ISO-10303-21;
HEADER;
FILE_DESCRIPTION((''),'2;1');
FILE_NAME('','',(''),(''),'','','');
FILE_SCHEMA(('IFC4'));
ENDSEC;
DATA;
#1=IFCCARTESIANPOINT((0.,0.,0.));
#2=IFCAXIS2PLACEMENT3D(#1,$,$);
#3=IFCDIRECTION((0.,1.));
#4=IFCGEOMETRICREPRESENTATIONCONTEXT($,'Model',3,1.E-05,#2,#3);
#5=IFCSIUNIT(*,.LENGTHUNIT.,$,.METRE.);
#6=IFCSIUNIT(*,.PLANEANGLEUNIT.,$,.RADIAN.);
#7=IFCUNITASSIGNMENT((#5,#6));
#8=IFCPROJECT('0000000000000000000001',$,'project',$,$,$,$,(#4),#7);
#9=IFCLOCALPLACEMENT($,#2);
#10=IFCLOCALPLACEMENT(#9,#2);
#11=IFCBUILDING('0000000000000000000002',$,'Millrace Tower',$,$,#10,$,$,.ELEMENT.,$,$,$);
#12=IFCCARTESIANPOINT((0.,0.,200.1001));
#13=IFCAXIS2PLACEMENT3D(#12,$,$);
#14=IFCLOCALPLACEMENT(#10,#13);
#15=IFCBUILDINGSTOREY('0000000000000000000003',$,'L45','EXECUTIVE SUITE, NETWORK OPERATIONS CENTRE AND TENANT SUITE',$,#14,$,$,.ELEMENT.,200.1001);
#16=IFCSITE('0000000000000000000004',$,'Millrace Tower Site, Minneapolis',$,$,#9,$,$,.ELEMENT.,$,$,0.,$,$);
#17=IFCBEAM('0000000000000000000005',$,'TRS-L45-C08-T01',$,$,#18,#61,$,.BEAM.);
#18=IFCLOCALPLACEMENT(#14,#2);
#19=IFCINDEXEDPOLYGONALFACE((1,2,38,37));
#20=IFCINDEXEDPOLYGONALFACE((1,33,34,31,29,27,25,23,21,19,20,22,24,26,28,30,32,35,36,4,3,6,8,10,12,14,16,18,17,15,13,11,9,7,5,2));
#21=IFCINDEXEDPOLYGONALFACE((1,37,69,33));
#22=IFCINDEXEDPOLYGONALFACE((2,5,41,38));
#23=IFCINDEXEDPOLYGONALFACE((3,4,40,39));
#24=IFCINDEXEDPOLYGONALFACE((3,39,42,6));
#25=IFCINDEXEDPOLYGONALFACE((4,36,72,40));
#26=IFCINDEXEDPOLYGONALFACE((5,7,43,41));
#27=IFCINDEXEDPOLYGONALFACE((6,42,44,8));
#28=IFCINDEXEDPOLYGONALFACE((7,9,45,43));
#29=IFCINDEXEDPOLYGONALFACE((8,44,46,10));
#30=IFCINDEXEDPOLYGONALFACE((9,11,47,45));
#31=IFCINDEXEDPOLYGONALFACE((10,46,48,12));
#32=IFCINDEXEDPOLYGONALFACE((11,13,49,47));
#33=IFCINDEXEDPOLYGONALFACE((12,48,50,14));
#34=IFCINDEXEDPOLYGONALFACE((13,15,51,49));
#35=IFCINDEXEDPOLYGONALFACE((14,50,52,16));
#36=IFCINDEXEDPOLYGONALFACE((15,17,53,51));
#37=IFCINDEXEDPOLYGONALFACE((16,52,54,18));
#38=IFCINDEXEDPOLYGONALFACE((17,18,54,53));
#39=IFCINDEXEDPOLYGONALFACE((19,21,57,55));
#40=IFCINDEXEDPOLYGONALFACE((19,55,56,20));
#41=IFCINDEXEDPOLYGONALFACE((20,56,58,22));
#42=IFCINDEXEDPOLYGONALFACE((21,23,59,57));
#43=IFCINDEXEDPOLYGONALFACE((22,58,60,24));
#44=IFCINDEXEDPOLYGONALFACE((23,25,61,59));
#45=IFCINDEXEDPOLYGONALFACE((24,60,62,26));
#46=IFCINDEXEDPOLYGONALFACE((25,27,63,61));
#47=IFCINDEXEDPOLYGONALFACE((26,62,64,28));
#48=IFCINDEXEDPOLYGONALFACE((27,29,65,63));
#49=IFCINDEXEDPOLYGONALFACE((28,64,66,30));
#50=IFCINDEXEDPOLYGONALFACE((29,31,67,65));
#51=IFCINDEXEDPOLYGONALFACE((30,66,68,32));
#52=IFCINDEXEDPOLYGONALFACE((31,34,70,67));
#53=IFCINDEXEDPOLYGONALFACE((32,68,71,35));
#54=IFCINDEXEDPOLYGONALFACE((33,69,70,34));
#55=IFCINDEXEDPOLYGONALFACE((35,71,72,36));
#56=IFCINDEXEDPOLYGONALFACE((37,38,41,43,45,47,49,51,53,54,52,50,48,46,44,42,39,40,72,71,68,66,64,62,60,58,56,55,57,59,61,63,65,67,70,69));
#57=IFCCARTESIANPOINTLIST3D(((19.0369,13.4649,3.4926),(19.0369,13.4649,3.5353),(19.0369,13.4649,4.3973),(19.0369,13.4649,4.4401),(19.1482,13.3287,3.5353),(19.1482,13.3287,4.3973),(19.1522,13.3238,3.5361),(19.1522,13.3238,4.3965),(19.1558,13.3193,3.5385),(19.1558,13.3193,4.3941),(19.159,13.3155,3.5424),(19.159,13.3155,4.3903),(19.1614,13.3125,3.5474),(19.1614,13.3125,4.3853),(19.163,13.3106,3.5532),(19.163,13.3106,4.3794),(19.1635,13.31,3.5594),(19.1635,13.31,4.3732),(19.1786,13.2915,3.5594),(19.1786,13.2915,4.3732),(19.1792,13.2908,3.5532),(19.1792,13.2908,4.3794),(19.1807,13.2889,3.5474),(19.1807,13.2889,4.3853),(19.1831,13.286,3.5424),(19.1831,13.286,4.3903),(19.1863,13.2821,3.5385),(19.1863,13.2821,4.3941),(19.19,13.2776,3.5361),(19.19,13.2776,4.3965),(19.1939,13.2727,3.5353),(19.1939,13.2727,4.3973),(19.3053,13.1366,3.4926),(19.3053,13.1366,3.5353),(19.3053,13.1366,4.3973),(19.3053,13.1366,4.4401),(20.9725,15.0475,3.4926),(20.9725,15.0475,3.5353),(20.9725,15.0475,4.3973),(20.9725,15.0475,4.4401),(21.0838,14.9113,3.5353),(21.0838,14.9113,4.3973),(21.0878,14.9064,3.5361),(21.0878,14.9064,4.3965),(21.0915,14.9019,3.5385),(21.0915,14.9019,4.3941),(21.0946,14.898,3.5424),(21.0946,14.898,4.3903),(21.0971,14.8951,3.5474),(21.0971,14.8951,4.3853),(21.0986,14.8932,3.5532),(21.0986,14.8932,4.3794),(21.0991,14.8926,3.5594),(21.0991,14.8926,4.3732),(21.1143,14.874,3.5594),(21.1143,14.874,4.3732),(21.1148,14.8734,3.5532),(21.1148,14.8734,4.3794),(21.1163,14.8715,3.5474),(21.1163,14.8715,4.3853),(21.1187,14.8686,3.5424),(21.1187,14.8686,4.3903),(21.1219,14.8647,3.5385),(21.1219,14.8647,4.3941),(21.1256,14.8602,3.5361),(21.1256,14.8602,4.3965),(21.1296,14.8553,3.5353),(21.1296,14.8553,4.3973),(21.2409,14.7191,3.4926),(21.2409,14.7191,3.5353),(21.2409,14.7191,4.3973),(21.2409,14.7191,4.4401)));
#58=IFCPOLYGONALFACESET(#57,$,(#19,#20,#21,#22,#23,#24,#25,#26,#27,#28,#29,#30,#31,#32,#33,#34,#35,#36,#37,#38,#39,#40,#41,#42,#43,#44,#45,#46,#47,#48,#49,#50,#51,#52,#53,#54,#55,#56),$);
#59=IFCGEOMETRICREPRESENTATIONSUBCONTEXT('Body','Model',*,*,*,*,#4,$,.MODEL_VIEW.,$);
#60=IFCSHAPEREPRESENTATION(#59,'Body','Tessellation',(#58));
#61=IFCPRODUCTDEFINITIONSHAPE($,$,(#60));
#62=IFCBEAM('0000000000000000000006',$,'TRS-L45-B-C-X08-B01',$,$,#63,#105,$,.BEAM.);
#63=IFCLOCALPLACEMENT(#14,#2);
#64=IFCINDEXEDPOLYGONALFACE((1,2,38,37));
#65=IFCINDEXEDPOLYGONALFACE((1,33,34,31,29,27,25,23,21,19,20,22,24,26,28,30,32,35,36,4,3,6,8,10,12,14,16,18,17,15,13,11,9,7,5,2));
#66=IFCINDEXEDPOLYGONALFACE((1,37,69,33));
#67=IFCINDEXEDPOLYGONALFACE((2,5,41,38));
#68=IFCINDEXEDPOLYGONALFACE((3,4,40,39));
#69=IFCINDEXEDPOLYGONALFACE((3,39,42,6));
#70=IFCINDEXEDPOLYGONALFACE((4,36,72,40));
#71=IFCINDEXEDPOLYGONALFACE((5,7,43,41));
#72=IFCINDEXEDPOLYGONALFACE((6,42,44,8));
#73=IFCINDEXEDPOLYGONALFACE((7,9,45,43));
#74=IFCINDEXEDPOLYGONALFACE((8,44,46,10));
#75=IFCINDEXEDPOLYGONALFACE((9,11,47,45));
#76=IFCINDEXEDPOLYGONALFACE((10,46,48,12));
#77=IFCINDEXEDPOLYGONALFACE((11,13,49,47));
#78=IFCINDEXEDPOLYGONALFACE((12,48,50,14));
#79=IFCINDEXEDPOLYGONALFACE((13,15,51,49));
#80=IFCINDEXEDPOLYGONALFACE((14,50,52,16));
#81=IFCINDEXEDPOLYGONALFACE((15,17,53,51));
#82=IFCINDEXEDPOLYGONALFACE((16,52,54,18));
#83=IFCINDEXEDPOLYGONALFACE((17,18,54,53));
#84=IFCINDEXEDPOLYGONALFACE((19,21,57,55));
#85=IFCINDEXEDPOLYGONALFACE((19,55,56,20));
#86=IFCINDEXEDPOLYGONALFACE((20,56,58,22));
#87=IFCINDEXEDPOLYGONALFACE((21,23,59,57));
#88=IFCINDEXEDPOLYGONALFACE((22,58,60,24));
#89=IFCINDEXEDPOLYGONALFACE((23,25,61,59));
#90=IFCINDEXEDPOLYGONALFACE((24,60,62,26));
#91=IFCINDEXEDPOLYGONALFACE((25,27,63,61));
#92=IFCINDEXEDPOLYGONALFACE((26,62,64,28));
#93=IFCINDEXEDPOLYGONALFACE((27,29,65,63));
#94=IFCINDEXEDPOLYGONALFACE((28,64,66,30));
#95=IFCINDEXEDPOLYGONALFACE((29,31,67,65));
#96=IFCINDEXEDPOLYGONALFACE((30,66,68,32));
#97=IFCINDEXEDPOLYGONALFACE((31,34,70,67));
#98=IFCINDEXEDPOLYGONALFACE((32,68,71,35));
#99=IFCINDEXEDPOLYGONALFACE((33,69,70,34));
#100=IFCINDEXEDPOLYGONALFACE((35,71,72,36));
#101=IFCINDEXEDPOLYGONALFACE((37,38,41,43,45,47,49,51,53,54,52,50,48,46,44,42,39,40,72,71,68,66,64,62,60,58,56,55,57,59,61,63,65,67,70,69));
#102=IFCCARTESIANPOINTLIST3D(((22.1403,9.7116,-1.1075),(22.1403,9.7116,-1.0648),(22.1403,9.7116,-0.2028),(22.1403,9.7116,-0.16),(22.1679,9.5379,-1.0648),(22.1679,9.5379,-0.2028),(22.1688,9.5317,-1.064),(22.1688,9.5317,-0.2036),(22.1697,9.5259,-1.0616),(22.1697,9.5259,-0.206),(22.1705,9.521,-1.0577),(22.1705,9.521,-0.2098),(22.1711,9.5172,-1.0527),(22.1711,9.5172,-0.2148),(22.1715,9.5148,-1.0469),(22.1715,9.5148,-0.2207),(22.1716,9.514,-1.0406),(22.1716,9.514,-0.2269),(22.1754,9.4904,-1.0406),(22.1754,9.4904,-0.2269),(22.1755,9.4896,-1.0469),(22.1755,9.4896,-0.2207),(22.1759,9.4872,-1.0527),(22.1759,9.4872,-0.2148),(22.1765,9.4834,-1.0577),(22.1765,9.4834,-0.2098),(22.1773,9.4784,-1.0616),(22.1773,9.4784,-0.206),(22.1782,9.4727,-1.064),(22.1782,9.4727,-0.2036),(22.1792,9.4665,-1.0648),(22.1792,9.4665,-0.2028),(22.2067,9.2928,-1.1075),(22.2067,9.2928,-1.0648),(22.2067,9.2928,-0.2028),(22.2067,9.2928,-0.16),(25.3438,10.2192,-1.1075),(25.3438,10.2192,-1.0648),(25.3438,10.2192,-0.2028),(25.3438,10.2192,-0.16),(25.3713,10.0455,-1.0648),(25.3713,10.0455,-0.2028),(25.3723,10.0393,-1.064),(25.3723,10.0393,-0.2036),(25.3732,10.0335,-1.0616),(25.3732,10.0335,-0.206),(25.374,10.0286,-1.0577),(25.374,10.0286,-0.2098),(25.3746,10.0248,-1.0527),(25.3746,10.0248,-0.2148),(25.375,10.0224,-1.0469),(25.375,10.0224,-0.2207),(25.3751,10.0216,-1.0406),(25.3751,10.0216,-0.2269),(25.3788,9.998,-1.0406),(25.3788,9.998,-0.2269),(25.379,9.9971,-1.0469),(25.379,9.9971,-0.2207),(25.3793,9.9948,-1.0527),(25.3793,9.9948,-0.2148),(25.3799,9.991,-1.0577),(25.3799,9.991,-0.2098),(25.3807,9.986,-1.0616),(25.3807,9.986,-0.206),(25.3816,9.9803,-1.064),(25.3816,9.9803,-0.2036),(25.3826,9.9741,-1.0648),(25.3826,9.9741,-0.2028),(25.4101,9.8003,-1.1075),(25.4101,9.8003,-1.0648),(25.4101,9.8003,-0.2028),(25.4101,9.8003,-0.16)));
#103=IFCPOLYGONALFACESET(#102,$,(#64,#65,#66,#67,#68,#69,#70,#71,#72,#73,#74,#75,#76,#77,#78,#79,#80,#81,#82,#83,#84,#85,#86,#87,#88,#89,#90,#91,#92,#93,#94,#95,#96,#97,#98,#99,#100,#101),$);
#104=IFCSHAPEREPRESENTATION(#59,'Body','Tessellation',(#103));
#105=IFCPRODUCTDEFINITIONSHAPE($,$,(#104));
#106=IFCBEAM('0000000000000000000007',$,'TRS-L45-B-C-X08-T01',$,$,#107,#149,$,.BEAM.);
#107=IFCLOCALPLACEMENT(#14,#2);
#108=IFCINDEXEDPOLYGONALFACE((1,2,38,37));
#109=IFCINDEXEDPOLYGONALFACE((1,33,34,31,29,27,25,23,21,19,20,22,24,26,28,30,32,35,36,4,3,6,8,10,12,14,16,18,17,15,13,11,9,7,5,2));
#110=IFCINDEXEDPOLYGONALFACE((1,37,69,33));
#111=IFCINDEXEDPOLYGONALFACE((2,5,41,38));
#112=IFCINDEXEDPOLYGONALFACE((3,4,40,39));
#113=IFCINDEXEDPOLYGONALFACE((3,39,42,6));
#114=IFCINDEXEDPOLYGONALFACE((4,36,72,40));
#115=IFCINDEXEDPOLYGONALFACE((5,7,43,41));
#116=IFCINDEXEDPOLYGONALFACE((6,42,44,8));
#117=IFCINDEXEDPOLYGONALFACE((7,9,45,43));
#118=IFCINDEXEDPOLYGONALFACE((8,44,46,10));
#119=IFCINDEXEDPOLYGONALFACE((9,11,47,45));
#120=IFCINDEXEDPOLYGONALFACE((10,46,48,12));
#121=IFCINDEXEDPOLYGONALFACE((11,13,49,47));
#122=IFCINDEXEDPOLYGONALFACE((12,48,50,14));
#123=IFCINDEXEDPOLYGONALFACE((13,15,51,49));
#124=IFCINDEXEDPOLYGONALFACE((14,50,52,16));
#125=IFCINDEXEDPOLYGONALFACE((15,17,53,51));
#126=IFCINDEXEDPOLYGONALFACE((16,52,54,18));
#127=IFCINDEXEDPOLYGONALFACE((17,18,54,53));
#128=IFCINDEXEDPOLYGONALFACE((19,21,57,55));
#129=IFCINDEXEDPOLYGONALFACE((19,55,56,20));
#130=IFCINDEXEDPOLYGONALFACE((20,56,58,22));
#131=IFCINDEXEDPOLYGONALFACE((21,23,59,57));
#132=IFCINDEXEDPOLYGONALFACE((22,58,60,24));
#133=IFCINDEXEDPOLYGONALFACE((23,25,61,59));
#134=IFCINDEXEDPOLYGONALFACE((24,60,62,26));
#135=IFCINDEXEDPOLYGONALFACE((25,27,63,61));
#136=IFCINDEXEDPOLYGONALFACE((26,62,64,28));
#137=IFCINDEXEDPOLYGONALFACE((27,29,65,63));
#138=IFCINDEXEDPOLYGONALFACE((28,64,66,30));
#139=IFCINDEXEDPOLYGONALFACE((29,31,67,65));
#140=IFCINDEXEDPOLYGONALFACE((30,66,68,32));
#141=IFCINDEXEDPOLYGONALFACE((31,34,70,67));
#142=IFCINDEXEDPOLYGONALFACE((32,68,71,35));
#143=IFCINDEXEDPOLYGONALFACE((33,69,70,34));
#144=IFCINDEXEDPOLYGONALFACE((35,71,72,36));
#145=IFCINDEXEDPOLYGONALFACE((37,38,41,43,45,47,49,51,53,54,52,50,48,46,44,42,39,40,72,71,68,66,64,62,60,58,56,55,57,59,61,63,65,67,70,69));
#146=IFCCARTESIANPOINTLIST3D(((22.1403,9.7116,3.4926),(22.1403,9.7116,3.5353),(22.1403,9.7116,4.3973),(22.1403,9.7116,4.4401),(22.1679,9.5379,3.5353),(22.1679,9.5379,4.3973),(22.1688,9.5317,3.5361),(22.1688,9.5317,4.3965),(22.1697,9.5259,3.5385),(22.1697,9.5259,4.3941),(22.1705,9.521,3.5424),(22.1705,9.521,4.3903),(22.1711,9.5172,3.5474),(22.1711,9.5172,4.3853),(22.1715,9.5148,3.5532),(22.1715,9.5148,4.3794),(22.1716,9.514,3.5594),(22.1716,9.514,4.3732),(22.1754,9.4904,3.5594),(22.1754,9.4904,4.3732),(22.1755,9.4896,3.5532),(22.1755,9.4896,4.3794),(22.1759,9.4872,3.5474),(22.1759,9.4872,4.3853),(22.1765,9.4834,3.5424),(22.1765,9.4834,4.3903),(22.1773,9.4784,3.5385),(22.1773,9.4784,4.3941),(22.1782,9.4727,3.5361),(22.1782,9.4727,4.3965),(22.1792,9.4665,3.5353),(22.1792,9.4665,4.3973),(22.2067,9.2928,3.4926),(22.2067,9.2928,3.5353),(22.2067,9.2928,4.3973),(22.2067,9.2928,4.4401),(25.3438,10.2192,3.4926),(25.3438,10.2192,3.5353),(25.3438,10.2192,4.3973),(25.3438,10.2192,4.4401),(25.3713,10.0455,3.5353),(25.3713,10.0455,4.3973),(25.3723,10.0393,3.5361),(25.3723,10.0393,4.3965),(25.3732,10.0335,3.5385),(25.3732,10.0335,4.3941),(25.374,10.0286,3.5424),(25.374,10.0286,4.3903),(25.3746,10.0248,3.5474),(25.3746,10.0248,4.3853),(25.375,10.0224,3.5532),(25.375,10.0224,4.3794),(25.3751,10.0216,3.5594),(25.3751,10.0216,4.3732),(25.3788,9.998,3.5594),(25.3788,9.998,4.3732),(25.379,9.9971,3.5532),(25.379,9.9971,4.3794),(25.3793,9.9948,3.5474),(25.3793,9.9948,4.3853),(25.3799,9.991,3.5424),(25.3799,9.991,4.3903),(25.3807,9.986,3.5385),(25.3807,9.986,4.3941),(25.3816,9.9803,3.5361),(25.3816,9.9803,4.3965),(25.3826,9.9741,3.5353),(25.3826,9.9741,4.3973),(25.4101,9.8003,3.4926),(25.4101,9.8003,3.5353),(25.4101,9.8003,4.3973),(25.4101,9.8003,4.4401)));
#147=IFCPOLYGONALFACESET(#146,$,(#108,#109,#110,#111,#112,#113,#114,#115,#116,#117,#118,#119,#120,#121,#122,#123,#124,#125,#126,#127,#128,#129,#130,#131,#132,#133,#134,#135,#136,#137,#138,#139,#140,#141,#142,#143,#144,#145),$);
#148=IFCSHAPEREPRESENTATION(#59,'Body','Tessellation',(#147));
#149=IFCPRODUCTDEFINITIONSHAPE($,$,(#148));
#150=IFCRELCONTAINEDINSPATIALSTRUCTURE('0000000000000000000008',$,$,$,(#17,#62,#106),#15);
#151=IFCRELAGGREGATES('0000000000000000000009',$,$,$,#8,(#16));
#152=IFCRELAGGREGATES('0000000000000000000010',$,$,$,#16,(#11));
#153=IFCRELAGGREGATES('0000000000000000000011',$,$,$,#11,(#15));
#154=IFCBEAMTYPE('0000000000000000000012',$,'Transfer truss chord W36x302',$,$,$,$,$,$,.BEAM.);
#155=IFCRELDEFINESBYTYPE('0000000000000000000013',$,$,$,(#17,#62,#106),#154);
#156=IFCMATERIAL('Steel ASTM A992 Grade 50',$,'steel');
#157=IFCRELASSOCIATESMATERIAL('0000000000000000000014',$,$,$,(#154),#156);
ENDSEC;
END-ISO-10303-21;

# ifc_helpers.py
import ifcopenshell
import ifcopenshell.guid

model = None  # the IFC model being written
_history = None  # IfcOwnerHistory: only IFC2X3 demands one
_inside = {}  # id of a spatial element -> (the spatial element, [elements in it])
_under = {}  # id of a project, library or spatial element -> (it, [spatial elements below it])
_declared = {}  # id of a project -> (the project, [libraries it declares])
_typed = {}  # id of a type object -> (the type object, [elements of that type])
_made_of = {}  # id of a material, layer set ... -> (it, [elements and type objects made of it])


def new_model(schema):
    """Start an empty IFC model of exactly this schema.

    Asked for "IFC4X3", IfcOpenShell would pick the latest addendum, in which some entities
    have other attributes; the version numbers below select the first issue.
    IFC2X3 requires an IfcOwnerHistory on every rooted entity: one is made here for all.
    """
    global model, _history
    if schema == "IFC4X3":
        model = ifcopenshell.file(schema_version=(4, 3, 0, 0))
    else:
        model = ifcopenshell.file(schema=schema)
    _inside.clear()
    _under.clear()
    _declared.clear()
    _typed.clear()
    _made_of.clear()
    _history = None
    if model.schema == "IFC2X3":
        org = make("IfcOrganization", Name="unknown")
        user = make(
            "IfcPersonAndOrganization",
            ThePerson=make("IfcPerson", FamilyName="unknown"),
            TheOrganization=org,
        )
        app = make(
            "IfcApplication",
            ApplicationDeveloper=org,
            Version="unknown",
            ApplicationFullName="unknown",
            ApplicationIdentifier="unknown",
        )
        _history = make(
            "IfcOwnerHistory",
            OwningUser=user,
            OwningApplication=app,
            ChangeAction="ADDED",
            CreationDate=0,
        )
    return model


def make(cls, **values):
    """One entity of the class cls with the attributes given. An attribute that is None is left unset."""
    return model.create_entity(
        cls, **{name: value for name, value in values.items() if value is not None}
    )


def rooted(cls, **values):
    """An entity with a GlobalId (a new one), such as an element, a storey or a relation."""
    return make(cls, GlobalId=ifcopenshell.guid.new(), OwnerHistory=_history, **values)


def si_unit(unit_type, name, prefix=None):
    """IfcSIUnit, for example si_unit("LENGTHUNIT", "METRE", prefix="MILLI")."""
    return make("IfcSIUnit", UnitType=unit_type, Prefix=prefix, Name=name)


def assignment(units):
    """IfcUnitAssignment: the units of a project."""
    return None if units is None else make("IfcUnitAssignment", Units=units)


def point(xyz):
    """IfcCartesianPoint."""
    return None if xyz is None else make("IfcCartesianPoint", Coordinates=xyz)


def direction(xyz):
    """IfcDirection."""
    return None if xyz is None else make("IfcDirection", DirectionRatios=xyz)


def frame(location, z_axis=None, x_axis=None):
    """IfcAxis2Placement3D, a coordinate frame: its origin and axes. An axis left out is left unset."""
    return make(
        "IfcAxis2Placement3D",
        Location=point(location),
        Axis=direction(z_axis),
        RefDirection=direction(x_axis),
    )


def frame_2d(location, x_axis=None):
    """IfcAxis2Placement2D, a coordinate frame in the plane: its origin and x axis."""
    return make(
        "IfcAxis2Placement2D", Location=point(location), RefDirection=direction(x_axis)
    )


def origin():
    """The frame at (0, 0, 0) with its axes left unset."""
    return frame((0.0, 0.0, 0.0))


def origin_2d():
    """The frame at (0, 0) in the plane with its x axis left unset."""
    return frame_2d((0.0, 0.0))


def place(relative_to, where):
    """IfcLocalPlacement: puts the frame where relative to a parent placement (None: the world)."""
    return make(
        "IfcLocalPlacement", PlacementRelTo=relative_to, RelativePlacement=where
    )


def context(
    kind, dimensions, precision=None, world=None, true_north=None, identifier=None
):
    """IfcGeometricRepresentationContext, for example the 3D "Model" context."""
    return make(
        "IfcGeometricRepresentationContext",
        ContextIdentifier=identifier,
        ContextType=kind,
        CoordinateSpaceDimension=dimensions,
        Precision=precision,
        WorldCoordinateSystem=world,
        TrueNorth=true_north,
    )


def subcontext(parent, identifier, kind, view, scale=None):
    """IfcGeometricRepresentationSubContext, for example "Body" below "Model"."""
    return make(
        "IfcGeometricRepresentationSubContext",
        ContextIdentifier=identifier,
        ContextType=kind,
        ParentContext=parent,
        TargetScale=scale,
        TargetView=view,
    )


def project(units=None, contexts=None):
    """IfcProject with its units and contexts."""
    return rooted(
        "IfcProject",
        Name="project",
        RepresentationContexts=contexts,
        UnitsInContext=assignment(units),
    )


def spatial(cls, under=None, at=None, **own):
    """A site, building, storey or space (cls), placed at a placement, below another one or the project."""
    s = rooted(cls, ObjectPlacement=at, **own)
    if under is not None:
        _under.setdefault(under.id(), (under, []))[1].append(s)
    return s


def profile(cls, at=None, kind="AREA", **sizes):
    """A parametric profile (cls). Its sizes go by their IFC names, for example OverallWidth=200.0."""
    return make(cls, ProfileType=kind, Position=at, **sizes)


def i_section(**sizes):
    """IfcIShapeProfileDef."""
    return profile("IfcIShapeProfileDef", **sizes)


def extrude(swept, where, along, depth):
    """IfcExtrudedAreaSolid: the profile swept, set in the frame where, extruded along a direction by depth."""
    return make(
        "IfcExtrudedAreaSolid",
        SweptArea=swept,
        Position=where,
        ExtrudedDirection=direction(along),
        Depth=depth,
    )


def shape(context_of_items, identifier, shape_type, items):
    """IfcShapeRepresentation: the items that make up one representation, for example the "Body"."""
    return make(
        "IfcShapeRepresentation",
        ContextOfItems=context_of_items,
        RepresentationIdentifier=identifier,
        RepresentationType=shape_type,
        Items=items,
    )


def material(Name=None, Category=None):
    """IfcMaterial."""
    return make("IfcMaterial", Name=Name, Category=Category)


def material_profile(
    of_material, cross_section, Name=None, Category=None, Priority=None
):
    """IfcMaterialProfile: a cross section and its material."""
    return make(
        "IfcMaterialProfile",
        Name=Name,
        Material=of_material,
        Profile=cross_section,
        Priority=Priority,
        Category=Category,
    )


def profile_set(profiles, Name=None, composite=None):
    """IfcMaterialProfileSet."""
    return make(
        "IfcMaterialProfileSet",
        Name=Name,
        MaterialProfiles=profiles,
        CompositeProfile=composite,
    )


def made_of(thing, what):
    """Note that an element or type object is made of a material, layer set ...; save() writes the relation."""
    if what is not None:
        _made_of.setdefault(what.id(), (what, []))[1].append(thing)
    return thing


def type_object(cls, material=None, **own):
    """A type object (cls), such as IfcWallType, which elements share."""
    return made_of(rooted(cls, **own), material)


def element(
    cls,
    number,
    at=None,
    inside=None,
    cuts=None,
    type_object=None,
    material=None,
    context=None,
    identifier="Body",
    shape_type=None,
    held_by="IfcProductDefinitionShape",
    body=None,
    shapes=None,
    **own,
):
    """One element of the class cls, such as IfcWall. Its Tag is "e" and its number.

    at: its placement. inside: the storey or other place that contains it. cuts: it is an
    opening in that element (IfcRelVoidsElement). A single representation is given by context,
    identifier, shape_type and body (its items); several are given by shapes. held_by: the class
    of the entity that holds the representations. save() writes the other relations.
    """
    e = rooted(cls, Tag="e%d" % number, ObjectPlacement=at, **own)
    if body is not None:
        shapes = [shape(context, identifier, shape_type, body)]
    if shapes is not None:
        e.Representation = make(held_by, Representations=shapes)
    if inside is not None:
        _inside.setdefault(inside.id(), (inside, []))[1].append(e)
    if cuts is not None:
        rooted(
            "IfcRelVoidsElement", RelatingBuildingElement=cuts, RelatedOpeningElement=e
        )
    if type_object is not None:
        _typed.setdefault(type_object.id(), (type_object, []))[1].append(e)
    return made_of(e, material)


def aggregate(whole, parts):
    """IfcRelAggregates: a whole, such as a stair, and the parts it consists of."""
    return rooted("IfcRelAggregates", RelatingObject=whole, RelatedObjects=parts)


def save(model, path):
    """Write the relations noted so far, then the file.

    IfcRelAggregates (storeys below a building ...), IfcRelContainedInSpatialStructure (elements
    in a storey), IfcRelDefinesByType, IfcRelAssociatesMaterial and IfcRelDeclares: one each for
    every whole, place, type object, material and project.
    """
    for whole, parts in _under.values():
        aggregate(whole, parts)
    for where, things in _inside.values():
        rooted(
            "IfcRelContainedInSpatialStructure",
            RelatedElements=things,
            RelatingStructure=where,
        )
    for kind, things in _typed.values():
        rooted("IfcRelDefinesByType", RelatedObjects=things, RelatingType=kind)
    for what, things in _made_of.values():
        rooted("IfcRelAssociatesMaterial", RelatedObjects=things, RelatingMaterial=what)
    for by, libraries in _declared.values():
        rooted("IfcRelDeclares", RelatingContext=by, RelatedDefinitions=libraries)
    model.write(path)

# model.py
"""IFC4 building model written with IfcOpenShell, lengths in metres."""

from ifc_helpers import new_model, si_unit, direction, frame, origin, origin_2d, place, context, subcontext, project, spatial, i_section, extrude, material, material_profile, profile_set, type_object, element, save


model = new_model("IFC4")

# Units and contexts
model_context = context("Model", 3, precision=1e-05, world=origin(), true_north=direction((0.0, 1.0)))
body_context = subcontext(model_context, "Body", "Model", "MODEL_VIEW")
ifc_project = project(units=[si_unit("LENGTHUNIT", "METRE"), si_unit("PLANEANGLEUNIT", "RADIAN")], contexts=[model_context])

# Site, building, storey
site_placement = place(None, origin())
site = spatial("IfcSite", under=ifc_project, at=site_placement, Name="Millrace Tower Site, Minneapolis", CompositionType="ELEMENT", RefElevation=0.0)
building_placement = place(site_placement, origin())
building = spatial("IfcBuilding", under=site, at=building_placement, Name="Millrace Tower", CompositionType="ELEMENT")
storey_placement = place(building_placement, frame((0.0, 0.0, 200.1001)))
storey = spatial("IfcBuildingStorey", under=building, at=storey_placement, Name="L45", Description="EXECUTIVE SUITE, NETWORK OPERATIONS CENTRE AND TENANT SUITE", CompositionType="ELEMENT", Elevation=200.1001)

# Beams
ifc_material_1 = material(Name="Steel ASTM A992 Grade 50", Category="steel")
ifc_material_profile_1 = material_profile(ifc_material_1, i_section(OverallWidth=0.4241, OverallDepth=0.9475, WebThickness=0.0239, FlangeThickness=0.0427, FilletRadius=0.0242, at=origin_2d()))
ifc_profile_set_1 = profile_set([ifc_material_profile_1], Name="Steel ASTM A992 Grade 50")
beam_type_1 = type_object("IfcBeamType", Name="Transfer truss chord W36x302", PredefinedType="BEAM", material=ifc_profile_set_1)
for number, where, z_axis, x_axis, name in (
    (1, (21.1067, 14.8833, 3.9663), (-0.774175, -0.632972, 0.0), (0.632972, -0.774175, 0.0), "TRS-L45-C08-T01"),
):
    element("IfcBeam", number, at=place(storey_placement, frame(where, z_axis=z_axis, x_axis=x_axis)), inside=storey, type_object=beam_type_1, Name=name, PredefinedType="BEAM", context=body_context, shape_type="SweptSolid", body=[
        extrude(i_section(OverallWidth=0.4241, OverallDepth=0.9475, WebThickness=0.0239, FlangeThickness=0.0427, FilletRadius=0.0242, at=origin_2d()), origin(), (0.0, 0.0, 1.0), 2.5002),
    ])
for number, where, z_axis, x_axis, name in (
    (2, (25.377, 10.0098, -0.6338), (-0.987679, -0.156496, 0.0), (0.156496, -0.987679, 0.0), "TRS-L45-B-C-X08-B01"),
    (3, (25.377, 10.0098, 3.9663), (-0.987679, -0.156496, 0.0), (0.156496, -0.987679, 0.0), "TRS-L45-B-C-X08-T01"),
):
    element("IfcBeam", number, at=place(storey_placement, frame(where, z_axis=z_axis, x_axis=x_axis)), inside=storey, type_object=beam_type_1, Name=name, PredefinedType="BEAM", context=body_context, shape_type="SweptSolid", body=[
        extrude(i_section(OverallWidth=0.4241, OverallDepth=0.9475, WebThickness=0.0239, FlangeThickness=0.0427, FilletRadius=0.0242, at=origin_2d()), origin(), (0.0, 0.0, 1.0), 3.2434),
    ])

save(model, "model.ifc")
